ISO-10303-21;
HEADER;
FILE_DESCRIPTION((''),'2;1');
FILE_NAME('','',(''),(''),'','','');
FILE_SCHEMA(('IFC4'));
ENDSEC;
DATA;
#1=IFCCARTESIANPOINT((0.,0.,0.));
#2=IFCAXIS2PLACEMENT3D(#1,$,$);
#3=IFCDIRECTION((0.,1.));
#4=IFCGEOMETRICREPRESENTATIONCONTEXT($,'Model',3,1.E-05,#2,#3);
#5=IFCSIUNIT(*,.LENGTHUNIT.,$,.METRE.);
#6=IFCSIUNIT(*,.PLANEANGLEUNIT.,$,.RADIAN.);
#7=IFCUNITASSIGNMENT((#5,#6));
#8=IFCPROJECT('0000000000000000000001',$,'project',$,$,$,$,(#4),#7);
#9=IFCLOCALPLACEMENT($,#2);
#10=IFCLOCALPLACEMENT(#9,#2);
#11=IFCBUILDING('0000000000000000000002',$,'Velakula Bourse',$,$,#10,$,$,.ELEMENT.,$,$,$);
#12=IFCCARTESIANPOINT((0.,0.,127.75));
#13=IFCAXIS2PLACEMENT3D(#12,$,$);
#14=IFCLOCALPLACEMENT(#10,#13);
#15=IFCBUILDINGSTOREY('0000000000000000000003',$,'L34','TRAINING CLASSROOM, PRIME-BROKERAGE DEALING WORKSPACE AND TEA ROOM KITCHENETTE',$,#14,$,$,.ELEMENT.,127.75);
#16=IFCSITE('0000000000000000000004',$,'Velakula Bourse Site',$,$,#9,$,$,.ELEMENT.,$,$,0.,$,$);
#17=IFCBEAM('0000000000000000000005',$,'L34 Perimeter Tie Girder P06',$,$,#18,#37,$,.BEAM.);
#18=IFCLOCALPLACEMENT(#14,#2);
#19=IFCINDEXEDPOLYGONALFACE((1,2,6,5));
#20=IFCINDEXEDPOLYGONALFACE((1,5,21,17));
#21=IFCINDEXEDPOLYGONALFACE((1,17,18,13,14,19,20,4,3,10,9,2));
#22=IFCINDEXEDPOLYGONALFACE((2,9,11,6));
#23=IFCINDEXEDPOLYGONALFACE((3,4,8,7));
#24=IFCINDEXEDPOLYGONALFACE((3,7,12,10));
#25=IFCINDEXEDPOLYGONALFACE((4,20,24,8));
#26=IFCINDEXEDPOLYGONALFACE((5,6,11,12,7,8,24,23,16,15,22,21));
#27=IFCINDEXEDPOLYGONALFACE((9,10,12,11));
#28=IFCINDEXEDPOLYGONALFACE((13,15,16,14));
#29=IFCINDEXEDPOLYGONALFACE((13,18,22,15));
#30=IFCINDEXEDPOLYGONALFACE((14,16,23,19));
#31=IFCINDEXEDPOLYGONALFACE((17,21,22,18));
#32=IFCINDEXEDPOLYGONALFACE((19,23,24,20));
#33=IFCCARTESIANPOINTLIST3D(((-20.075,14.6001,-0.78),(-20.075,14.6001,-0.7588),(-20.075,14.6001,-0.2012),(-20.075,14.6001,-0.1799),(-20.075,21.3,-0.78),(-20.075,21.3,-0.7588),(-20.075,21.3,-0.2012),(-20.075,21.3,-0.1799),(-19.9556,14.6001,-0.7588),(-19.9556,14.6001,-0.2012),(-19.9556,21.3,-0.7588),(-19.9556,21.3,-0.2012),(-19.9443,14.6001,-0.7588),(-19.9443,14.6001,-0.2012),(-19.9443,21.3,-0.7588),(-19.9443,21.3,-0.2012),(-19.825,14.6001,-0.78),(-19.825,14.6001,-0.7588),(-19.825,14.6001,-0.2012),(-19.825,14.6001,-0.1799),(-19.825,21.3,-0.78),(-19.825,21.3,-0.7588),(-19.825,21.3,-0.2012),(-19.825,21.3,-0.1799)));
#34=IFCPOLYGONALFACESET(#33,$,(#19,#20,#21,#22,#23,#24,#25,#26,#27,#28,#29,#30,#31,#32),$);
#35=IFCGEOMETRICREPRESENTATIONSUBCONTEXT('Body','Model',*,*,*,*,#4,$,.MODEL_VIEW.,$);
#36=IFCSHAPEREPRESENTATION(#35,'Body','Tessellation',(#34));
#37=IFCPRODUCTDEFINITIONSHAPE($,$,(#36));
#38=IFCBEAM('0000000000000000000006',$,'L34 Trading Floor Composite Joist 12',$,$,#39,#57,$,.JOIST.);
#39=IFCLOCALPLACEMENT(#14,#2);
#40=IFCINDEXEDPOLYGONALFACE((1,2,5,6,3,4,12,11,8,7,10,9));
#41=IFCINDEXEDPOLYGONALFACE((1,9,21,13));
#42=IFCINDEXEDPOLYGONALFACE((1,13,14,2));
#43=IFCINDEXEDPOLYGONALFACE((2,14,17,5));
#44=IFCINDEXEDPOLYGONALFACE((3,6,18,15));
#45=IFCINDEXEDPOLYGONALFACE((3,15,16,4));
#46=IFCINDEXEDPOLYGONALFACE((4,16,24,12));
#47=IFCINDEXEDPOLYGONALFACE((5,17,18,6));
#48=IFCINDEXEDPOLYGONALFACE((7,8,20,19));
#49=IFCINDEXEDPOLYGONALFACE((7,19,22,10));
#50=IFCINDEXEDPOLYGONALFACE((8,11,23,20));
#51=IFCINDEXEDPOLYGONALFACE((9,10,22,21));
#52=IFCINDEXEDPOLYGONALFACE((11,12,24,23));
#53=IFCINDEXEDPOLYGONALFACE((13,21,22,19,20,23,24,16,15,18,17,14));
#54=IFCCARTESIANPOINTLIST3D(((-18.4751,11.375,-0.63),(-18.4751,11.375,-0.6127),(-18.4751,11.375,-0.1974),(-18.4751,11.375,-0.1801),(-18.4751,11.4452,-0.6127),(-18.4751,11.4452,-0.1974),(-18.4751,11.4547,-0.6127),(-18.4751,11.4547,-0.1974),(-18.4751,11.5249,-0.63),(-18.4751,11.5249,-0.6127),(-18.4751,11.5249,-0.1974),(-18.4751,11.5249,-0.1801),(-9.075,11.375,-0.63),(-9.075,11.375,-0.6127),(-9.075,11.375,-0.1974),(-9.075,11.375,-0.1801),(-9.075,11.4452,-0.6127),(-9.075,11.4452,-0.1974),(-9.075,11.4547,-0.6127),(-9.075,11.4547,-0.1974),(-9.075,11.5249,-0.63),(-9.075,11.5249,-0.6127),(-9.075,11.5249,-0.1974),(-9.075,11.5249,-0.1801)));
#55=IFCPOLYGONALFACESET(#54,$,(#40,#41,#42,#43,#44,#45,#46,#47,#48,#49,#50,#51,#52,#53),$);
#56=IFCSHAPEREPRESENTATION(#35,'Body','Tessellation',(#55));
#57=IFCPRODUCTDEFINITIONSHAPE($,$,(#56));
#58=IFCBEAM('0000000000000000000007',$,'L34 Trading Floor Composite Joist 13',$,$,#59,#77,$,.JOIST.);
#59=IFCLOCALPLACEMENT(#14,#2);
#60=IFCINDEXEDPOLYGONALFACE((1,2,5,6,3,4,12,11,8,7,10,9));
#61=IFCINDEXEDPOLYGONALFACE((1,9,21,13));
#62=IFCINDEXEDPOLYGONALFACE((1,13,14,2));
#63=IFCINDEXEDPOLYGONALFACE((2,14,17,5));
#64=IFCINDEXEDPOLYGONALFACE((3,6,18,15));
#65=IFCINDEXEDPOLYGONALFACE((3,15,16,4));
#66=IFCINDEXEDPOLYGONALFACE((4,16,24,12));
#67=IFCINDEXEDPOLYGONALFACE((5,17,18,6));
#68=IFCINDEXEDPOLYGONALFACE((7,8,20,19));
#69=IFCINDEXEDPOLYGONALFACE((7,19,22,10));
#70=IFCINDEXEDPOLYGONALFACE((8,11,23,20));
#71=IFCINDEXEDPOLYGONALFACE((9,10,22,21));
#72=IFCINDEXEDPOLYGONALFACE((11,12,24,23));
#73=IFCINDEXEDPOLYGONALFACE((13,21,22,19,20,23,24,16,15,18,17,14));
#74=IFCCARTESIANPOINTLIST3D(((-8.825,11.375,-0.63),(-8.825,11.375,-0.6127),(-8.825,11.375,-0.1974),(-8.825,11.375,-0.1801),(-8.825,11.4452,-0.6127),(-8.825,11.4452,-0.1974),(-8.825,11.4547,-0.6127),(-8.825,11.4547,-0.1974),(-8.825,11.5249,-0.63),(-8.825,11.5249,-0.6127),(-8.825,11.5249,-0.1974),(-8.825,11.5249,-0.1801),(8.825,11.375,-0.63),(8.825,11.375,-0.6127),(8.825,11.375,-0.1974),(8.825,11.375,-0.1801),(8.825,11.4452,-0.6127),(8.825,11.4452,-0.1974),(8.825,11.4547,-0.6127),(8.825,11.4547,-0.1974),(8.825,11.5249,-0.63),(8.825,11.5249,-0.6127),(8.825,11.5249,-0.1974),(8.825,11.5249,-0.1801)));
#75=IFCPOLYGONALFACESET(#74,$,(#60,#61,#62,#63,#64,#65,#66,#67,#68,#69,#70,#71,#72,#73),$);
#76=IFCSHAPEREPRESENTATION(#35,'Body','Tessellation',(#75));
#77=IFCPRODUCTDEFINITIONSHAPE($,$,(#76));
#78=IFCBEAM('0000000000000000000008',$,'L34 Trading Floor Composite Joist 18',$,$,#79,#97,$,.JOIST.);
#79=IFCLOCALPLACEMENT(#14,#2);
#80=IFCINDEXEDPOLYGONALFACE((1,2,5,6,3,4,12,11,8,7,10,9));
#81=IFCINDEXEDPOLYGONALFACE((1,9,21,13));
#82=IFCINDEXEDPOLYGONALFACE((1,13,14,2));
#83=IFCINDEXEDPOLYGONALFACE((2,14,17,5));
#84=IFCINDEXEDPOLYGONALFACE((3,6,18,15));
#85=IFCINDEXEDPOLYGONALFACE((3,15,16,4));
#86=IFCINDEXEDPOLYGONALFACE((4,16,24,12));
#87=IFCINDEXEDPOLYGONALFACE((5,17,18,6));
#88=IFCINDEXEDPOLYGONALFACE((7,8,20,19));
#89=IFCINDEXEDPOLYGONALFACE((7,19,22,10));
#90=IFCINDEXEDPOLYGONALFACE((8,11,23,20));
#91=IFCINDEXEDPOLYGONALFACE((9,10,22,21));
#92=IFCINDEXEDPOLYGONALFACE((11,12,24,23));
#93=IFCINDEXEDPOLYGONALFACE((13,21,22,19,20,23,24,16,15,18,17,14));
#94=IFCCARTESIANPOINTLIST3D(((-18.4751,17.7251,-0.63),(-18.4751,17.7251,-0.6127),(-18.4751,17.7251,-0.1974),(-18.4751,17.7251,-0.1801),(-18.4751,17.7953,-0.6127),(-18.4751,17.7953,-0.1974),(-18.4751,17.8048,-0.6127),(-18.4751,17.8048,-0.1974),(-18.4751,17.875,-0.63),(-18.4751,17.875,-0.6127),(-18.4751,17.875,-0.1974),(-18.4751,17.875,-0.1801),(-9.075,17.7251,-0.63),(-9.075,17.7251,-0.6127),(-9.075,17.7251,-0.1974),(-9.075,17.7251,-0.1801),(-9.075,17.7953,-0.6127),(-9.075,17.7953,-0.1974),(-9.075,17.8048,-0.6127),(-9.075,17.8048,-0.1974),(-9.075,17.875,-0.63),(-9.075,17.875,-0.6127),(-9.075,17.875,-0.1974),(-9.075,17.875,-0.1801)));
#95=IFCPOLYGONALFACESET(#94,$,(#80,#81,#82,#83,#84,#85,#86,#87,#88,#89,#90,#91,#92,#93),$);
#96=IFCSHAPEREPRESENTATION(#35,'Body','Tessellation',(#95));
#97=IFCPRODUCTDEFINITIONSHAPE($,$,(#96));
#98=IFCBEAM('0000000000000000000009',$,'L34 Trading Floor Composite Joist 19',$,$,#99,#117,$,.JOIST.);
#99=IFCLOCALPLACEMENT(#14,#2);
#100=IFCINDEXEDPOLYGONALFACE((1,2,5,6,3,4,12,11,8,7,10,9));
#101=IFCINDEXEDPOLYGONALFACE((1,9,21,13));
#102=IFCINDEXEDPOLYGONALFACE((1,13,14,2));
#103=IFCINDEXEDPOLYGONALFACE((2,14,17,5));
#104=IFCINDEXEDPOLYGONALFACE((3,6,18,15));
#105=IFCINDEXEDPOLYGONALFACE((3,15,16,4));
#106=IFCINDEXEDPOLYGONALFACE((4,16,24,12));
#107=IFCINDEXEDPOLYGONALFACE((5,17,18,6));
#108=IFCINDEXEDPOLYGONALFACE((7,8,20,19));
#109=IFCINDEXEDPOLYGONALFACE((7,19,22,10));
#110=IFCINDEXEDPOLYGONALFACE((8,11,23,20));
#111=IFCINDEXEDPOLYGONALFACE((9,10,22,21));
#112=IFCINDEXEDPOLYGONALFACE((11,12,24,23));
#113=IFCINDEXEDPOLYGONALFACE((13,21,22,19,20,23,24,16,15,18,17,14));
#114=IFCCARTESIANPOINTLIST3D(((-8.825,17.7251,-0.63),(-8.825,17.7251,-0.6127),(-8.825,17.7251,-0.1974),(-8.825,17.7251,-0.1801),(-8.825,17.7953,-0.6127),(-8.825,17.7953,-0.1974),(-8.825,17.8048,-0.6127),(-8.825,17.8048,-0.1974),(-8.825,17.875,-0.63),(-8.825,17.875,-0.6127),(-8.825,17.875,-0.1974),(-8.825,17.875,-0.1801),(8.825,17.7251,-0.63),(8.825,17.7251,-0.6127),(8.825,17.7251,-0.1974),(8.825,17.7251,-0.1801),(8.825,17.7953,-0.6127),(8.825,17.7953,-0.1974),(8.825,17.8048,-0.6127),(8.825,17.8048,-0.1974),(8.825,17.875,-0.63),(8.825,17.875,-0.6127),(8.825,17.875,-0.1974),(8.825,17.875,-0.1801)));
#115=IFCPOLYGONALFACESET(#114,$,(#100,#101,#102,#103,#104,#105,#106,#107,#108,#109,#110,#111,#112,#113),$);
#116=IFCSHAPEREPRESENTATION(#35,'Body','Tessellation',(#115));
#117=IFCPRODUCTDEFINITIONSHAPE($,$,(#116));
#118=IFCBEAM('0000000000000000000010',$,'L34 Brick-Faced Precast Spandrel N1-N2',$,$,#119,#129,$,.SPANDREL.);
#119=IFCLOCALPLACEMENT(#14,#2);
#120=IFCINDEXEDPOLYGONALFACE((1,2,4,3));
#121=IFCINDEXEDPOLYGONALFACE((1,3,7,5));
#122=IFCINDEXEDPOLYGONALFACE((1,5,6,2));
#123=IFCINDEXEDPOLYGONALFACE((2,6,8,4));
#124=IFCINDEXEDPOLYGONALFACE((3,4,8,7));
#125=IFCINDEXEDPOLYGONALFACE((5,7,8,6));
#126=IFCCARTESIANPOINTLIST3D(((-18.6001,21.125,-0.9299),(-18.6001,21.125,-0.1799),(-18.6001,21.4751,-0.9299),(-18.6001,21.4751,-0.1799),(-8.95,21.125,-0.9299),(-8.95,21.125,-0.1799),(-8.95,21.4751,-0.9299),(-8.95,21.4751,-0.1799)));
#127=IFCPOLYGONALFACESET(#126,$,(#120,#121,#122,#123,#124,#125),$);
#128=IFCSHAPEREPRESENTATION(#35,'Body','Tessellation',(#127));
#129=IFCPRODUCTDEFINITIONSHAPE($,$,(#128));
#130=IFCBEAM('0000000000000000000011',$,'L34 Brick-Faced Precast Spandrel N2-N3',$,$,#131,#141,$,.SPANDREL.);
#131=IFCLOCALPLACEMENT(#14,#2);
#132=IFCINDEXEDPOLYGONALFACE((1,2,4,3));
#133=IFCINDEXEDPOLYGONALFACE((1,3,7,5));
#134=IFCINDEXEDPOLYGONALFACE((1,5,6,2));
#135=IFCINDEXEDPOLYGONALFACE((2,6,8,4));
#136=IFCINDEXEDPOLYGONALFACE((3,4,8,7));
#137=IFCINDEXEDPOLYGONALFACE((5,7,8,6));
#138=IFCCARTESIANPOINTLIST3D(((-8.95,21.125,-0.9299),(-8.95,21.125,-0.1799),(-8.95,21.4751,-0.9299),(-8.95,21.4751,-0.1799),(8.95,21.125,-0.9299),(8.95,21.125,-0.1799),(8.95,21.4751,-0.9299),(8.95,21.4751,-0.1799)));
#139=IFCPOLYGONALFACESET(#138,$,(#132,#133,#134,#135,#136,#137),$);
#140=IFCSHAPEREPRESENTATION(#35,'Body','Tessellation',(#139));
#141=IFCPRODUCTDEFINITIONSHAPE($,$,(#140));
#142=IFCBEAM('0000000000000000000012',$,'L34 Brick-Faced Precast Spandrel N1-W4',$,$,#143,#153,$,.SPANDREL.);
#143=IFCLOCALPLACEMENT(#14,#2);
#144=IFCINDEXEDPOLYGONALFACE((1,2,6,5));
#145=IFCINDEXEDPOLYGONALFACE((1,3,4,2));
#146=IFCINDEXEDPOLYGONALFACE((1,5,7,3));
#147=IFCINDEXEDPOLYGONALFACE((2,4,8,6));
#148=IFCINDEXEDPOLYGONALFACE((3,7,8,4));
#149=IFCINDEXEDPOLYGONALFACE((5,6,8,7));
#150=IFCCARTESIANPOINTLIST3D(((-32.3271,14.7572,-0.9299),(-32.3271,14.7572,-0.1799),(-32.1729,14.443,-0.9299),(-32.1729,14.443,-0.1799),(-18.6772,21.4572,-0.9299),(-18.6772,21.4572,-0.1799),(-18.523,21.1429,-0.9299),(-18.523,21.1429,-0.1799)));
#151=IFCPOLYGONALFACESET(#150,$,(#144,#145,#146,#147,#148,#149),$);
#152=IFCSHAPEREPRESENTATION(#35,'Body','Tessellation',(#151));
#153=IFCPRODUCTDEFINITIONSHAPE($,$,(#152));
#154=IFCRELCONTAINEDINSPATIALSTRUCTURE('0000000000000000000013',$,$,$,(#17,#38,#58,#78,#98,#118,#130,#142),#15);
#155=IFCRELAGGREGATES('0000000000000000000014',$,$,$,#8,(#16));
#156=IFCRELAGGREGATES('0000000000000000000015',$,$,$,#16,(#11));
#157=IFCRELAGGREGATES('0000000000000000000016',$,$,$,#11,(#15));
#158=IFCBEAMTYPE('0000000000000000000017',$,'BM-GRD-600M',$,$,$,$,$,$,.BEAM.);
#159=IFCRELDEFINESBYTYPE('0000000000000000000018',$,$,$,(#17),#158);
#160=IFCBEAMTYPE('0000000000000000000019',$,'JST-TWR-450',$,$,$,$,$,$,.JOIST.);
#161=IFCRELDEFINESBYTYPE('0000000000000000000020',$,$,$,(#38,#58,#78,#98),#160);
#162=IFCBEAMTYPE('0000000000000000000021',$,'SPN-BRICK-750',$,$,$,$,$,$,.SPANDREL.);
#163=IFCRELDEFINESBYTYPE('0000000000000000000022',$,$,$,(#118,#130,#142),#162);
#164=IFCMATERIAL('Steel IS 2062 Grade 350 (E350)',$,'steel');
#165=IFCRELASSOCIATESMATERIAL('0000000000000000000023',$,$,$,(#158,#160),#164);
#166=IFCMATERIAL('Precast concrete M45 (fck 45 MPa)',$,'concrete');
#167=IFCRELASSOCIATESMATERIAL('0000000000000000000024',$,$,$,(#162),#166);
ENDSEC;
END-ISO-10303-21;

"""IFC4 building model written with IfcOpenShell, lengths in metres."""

from ifc_helpers import new_model, si_unit, direction, frame, origin, origin_2d, place, context, subcontext, project, spatial, rectangle, i_section, extrude, material, material_profile, profile_set, type_object, element, save


model = new_model("IFC4")

# Units and contexts
model_context = context("Model", 3, precision=1e-05, world=origin(), true_north=direction((0.0, 1.0)))
body_context = subcontext(model_context, "Body", "Model", "MODEL_VIEW")
ifc_project = project(units=[si_unit("LENGTHUNIT", "METRE"), si_unit("PLANEANGLEUNIT", "RADIAN")], contexts=[model_context])

# Site, building, storey
site_placement = place(None, origin())
site = spatial("IfcSite", under=ifc_project, at=site_placement, Name="Velakula Bourse Site", CompositionType="ELEMENT", RefElevation=0.0)
building_placement = place(site_placement, origin())
building = spatial("IfcBuilding", under=site, at=building_placement, Name="Velakula Bourse", CompositionType="ELEMENT")
storey_placement = place(building_placement, frame((0.0, 0.0, 127.75)))
storey = spatial("IfcBuildingStorey", under=building, at=storey_placement, Name="L34", Description="TRAINING CLASSROOM, PRIME-BROKERAGE DEALING WORKSPACE AND TEA ROOM KITCHENETTE", CompositionType="ELEMENT", Elevation=127.75)

# Shared definitions
ifc_material_1 = material(Name="Steel IS 2062 Grade 350 (E350)", Category="steel")
ifc_material_2 = material(Name="Precast concrete M45 (fck 45 MPa)", Category="concrete")

# Beams
ifc_material_profile_1 = material_profile(ifc_material_1, i_section(OverallWidth=0.25, OverallDepth=0.6001, WebThickness=0.0112, FlangeThickness=0.0212, at=origin_2d()), Name="Steel IS 2062 Grade 350 (E350)")
ifc_profile_set_1 = profile_set([ifc_material_profile_1], Name="Steel IS 2062 Grade 350 (E350)")
beam_type_1 = type_object("IfcBeamType", Name="BM-GRD-600M", PredefinedType="BEAM", material=ifc_profile_set_1)
for number, where, z_axis, x_axis, name in (
    (1, (-19.95, 14.6001, -0.48), (0.0, 1.0, 0.0), (-1.0, 0.0, 0.0), "L34 Perimeter Tie Girder P06"),
):
    element("IfcBeam", number, at=place(storey_placement, frame(where, z_axis=z_axis, x_axis=x_axis)), inside=storey, type_object=beam_type_1, Name=name, PredefinedType="BEAM", context=body_context, shape_type="SweptSolid", body=[
        extrude(i_section(OverallWidth=0.25, OverallDepth=0.6001, WebThickness=0.0112, FlangeThickness=0.0212, at=origin_2d()), origin(), (0.0, 0.0, 1.0), 6.7),
    ])
ifc_material_profile_2 = material_profile(ifc_material_1, i_section(OverallWidth=0.1499, OverallDepth=0.45, WebThickness=0.0095, FlangeThickness=0.0173, at=origin_2d()), Name="Steel IS 2062 Grade 350 (E350)")
ifc_profile_set_2 = profile_set([ifc_material_profile_2], Name="Steel IS 2062 Grade 350 (E350)")
beam_type_2 = type_object("IfcBeamType", Name="JST-TWR-450", PredefinedType="JOIST", material=ifc_profile_set_2)
beam_1_placement = place(storey_placement, frame((-18.4751, 11.45, -0.405), z_axis=(1.0, 0.0, 0.0), x_axis=(0.0, 1.0, 0.0)))
element("IfcBeam", 2, at=beam_1_placement, inside=storey, type_object=beam_type_2, Name="L34 Trading Floor Composite Joist 12", PredefinedType="JOIST", context=body_context, shape_type="SweptSolid", body=[
    extrude(i_section(OverallWidth=0.1499, OverallDepth=0.45, WebThickness=0.0095, FlangeThickness=0.0173, at=origin_2d()), origin(), (0.0, 0.0, 1.0), 9.4001),
])
beam_2_placement = place(storey_placement, frame((-8.825, 11.45, -0.405), z_axis=(1.0, 0.0, 0.0), x_axis=(0.0, 1.0, 0.0)))
element("IfcBeam", 3, at=beam_2_placement, inside=storey, type_object=beam_type_2, Name="L34 Trading Floor Composite Joist 13", PredefinedType="JOIST", context=body_context, shape_type="SweptSolid", body=[
    extrude(i_section(OverallWidth=0.1499, OverallDepth=0.45, WebThickness=0.0095, FlangeThickness=0.0173, at=origin_2d()), origin(), (0.0, 0.0, 1.0), 17.6499),
])
beam_3_placement = place(storey_placement, frame((-18.4751, 17.8, -0.405), z_axis=(1.0, 0.0, 0.0), x_axis=(0.0, 1.0, 0.0)))
element("IfcBeam", 4, at=beam_3_placement, inside=storey, type_object=beam_type_2, Name="L34 Trading Floor Composite Joist 18", PredefinedType="JOIST", context=body_context, shape_type="SweptSolid", body=[
    extrude(i_section(OverallWidth=0.1499, OverallDepth=0.45, WebThickness=0.0095, FlangeThickness=0.0173, at=origin_2d()), origin(), (0.0, 0.0, 1.0), 9.4001),
])
beam_4_placement = place(storey_placement, frame((-8.825, 17.8, -0.405), z_axis=(1.0, 0.0, 0.0), x_axis=(0.0, 1.0, 0.0)))
element("IfcBeam", 5, at=beam_4_placement, inside=storey, type_object=beam_type_2, Name="L34 Trading Floor Composite Joist 19", PredefinedType="JOIST", context=body_context, shape_type="SweptSolid", body=[
    extrude(i_section(OverallWidth=0.1499, OverallDepth=0.45, WebThickness=0.0095, FlangeThickness=0.0173, at=origin_2d()), origin(), (0.0, 0.0, 1.0), 17.6499),
])
ifc_material_profile_3 = material_profile(ifc_material_2, rectangle(XDim=0.3501, YDim=0.75, at=origin_2d()), Name="Precast concrete M45 (fck 45 MPa)")
ifc_profile_set_3 = profile_set([ifc_material_profile_3], Name="Precast concrete M45 (fck 45 MPa)")
beam_type_3 = type_object("IfcBeamType", Name="SPN-BRICK-750", PredefinedType="SPANDREL", material=ifc_profile_set_3)
beam_5_placement = place(storey_placement, frame((-18.6001, 21.3, -0.5549), z_axis=(1.0, 0.0, 0.0), x_axis=(0.0, 1.0, 0.0)))
element("IfcBeam", 6, at=beam_5_placement, inside=storey, type_object=beam_type_3, Name="L34 Brick-Faced Precast Spandrel N1-N2", PredefinedType="SPANDREL", context=body_context, shape_type="SweptSolid", body=[
    extrude(rectangle(XDim=0.3501, YDim=0.75, at=origin_2d()), origin(), (0.0, 0.0, 1.0), 9.6501),
])
beam_6_placement = place(storey_placement, frame((-8.95, 21.3, -0.5549), z_axis=(1.0, 0.0, 0.0), x_axis=(0.0, 1.0, 0.0)))
element("IfcBeam", 7, at=beam_6_placement, inside=storey, type_object=beam_type_3, Name="L34 Brick-Faced Precast Spandrel N2-N3", PredefinedType="SPANDREL", context=body_context, shape_type="SweptSolid", body=[
    extrude(rectangle(XDim=0.3501, YDim=0.75, at=origin_2d()), origin(), (0.0, 0.0, 1.0), 17.8999),
])
beam_7_placement = place(storey_placement, frame((-18.6001, 21.3, -0.5549), z_axis=(-0.897691, -0.440625, 0.0), x_axis=(0.440625, -0.897691, 0.0)))
element("IfcBeam", 8, at=beam_7_placement, inside=storey, type_object=beam_type_3, Name="L34 Brick-Faced Precast Spandrel N1-W4", PredefinedType="SPANDREL", context=body_context, shape_type="SweptSolid", body=[
    extrude(rectangle(XDim=0.3501, YDim=0.75, at=origin_2d()), origin(), (0.0, 0.0, 1.0), 15.2056),
])

save(model, "model.ifc")
